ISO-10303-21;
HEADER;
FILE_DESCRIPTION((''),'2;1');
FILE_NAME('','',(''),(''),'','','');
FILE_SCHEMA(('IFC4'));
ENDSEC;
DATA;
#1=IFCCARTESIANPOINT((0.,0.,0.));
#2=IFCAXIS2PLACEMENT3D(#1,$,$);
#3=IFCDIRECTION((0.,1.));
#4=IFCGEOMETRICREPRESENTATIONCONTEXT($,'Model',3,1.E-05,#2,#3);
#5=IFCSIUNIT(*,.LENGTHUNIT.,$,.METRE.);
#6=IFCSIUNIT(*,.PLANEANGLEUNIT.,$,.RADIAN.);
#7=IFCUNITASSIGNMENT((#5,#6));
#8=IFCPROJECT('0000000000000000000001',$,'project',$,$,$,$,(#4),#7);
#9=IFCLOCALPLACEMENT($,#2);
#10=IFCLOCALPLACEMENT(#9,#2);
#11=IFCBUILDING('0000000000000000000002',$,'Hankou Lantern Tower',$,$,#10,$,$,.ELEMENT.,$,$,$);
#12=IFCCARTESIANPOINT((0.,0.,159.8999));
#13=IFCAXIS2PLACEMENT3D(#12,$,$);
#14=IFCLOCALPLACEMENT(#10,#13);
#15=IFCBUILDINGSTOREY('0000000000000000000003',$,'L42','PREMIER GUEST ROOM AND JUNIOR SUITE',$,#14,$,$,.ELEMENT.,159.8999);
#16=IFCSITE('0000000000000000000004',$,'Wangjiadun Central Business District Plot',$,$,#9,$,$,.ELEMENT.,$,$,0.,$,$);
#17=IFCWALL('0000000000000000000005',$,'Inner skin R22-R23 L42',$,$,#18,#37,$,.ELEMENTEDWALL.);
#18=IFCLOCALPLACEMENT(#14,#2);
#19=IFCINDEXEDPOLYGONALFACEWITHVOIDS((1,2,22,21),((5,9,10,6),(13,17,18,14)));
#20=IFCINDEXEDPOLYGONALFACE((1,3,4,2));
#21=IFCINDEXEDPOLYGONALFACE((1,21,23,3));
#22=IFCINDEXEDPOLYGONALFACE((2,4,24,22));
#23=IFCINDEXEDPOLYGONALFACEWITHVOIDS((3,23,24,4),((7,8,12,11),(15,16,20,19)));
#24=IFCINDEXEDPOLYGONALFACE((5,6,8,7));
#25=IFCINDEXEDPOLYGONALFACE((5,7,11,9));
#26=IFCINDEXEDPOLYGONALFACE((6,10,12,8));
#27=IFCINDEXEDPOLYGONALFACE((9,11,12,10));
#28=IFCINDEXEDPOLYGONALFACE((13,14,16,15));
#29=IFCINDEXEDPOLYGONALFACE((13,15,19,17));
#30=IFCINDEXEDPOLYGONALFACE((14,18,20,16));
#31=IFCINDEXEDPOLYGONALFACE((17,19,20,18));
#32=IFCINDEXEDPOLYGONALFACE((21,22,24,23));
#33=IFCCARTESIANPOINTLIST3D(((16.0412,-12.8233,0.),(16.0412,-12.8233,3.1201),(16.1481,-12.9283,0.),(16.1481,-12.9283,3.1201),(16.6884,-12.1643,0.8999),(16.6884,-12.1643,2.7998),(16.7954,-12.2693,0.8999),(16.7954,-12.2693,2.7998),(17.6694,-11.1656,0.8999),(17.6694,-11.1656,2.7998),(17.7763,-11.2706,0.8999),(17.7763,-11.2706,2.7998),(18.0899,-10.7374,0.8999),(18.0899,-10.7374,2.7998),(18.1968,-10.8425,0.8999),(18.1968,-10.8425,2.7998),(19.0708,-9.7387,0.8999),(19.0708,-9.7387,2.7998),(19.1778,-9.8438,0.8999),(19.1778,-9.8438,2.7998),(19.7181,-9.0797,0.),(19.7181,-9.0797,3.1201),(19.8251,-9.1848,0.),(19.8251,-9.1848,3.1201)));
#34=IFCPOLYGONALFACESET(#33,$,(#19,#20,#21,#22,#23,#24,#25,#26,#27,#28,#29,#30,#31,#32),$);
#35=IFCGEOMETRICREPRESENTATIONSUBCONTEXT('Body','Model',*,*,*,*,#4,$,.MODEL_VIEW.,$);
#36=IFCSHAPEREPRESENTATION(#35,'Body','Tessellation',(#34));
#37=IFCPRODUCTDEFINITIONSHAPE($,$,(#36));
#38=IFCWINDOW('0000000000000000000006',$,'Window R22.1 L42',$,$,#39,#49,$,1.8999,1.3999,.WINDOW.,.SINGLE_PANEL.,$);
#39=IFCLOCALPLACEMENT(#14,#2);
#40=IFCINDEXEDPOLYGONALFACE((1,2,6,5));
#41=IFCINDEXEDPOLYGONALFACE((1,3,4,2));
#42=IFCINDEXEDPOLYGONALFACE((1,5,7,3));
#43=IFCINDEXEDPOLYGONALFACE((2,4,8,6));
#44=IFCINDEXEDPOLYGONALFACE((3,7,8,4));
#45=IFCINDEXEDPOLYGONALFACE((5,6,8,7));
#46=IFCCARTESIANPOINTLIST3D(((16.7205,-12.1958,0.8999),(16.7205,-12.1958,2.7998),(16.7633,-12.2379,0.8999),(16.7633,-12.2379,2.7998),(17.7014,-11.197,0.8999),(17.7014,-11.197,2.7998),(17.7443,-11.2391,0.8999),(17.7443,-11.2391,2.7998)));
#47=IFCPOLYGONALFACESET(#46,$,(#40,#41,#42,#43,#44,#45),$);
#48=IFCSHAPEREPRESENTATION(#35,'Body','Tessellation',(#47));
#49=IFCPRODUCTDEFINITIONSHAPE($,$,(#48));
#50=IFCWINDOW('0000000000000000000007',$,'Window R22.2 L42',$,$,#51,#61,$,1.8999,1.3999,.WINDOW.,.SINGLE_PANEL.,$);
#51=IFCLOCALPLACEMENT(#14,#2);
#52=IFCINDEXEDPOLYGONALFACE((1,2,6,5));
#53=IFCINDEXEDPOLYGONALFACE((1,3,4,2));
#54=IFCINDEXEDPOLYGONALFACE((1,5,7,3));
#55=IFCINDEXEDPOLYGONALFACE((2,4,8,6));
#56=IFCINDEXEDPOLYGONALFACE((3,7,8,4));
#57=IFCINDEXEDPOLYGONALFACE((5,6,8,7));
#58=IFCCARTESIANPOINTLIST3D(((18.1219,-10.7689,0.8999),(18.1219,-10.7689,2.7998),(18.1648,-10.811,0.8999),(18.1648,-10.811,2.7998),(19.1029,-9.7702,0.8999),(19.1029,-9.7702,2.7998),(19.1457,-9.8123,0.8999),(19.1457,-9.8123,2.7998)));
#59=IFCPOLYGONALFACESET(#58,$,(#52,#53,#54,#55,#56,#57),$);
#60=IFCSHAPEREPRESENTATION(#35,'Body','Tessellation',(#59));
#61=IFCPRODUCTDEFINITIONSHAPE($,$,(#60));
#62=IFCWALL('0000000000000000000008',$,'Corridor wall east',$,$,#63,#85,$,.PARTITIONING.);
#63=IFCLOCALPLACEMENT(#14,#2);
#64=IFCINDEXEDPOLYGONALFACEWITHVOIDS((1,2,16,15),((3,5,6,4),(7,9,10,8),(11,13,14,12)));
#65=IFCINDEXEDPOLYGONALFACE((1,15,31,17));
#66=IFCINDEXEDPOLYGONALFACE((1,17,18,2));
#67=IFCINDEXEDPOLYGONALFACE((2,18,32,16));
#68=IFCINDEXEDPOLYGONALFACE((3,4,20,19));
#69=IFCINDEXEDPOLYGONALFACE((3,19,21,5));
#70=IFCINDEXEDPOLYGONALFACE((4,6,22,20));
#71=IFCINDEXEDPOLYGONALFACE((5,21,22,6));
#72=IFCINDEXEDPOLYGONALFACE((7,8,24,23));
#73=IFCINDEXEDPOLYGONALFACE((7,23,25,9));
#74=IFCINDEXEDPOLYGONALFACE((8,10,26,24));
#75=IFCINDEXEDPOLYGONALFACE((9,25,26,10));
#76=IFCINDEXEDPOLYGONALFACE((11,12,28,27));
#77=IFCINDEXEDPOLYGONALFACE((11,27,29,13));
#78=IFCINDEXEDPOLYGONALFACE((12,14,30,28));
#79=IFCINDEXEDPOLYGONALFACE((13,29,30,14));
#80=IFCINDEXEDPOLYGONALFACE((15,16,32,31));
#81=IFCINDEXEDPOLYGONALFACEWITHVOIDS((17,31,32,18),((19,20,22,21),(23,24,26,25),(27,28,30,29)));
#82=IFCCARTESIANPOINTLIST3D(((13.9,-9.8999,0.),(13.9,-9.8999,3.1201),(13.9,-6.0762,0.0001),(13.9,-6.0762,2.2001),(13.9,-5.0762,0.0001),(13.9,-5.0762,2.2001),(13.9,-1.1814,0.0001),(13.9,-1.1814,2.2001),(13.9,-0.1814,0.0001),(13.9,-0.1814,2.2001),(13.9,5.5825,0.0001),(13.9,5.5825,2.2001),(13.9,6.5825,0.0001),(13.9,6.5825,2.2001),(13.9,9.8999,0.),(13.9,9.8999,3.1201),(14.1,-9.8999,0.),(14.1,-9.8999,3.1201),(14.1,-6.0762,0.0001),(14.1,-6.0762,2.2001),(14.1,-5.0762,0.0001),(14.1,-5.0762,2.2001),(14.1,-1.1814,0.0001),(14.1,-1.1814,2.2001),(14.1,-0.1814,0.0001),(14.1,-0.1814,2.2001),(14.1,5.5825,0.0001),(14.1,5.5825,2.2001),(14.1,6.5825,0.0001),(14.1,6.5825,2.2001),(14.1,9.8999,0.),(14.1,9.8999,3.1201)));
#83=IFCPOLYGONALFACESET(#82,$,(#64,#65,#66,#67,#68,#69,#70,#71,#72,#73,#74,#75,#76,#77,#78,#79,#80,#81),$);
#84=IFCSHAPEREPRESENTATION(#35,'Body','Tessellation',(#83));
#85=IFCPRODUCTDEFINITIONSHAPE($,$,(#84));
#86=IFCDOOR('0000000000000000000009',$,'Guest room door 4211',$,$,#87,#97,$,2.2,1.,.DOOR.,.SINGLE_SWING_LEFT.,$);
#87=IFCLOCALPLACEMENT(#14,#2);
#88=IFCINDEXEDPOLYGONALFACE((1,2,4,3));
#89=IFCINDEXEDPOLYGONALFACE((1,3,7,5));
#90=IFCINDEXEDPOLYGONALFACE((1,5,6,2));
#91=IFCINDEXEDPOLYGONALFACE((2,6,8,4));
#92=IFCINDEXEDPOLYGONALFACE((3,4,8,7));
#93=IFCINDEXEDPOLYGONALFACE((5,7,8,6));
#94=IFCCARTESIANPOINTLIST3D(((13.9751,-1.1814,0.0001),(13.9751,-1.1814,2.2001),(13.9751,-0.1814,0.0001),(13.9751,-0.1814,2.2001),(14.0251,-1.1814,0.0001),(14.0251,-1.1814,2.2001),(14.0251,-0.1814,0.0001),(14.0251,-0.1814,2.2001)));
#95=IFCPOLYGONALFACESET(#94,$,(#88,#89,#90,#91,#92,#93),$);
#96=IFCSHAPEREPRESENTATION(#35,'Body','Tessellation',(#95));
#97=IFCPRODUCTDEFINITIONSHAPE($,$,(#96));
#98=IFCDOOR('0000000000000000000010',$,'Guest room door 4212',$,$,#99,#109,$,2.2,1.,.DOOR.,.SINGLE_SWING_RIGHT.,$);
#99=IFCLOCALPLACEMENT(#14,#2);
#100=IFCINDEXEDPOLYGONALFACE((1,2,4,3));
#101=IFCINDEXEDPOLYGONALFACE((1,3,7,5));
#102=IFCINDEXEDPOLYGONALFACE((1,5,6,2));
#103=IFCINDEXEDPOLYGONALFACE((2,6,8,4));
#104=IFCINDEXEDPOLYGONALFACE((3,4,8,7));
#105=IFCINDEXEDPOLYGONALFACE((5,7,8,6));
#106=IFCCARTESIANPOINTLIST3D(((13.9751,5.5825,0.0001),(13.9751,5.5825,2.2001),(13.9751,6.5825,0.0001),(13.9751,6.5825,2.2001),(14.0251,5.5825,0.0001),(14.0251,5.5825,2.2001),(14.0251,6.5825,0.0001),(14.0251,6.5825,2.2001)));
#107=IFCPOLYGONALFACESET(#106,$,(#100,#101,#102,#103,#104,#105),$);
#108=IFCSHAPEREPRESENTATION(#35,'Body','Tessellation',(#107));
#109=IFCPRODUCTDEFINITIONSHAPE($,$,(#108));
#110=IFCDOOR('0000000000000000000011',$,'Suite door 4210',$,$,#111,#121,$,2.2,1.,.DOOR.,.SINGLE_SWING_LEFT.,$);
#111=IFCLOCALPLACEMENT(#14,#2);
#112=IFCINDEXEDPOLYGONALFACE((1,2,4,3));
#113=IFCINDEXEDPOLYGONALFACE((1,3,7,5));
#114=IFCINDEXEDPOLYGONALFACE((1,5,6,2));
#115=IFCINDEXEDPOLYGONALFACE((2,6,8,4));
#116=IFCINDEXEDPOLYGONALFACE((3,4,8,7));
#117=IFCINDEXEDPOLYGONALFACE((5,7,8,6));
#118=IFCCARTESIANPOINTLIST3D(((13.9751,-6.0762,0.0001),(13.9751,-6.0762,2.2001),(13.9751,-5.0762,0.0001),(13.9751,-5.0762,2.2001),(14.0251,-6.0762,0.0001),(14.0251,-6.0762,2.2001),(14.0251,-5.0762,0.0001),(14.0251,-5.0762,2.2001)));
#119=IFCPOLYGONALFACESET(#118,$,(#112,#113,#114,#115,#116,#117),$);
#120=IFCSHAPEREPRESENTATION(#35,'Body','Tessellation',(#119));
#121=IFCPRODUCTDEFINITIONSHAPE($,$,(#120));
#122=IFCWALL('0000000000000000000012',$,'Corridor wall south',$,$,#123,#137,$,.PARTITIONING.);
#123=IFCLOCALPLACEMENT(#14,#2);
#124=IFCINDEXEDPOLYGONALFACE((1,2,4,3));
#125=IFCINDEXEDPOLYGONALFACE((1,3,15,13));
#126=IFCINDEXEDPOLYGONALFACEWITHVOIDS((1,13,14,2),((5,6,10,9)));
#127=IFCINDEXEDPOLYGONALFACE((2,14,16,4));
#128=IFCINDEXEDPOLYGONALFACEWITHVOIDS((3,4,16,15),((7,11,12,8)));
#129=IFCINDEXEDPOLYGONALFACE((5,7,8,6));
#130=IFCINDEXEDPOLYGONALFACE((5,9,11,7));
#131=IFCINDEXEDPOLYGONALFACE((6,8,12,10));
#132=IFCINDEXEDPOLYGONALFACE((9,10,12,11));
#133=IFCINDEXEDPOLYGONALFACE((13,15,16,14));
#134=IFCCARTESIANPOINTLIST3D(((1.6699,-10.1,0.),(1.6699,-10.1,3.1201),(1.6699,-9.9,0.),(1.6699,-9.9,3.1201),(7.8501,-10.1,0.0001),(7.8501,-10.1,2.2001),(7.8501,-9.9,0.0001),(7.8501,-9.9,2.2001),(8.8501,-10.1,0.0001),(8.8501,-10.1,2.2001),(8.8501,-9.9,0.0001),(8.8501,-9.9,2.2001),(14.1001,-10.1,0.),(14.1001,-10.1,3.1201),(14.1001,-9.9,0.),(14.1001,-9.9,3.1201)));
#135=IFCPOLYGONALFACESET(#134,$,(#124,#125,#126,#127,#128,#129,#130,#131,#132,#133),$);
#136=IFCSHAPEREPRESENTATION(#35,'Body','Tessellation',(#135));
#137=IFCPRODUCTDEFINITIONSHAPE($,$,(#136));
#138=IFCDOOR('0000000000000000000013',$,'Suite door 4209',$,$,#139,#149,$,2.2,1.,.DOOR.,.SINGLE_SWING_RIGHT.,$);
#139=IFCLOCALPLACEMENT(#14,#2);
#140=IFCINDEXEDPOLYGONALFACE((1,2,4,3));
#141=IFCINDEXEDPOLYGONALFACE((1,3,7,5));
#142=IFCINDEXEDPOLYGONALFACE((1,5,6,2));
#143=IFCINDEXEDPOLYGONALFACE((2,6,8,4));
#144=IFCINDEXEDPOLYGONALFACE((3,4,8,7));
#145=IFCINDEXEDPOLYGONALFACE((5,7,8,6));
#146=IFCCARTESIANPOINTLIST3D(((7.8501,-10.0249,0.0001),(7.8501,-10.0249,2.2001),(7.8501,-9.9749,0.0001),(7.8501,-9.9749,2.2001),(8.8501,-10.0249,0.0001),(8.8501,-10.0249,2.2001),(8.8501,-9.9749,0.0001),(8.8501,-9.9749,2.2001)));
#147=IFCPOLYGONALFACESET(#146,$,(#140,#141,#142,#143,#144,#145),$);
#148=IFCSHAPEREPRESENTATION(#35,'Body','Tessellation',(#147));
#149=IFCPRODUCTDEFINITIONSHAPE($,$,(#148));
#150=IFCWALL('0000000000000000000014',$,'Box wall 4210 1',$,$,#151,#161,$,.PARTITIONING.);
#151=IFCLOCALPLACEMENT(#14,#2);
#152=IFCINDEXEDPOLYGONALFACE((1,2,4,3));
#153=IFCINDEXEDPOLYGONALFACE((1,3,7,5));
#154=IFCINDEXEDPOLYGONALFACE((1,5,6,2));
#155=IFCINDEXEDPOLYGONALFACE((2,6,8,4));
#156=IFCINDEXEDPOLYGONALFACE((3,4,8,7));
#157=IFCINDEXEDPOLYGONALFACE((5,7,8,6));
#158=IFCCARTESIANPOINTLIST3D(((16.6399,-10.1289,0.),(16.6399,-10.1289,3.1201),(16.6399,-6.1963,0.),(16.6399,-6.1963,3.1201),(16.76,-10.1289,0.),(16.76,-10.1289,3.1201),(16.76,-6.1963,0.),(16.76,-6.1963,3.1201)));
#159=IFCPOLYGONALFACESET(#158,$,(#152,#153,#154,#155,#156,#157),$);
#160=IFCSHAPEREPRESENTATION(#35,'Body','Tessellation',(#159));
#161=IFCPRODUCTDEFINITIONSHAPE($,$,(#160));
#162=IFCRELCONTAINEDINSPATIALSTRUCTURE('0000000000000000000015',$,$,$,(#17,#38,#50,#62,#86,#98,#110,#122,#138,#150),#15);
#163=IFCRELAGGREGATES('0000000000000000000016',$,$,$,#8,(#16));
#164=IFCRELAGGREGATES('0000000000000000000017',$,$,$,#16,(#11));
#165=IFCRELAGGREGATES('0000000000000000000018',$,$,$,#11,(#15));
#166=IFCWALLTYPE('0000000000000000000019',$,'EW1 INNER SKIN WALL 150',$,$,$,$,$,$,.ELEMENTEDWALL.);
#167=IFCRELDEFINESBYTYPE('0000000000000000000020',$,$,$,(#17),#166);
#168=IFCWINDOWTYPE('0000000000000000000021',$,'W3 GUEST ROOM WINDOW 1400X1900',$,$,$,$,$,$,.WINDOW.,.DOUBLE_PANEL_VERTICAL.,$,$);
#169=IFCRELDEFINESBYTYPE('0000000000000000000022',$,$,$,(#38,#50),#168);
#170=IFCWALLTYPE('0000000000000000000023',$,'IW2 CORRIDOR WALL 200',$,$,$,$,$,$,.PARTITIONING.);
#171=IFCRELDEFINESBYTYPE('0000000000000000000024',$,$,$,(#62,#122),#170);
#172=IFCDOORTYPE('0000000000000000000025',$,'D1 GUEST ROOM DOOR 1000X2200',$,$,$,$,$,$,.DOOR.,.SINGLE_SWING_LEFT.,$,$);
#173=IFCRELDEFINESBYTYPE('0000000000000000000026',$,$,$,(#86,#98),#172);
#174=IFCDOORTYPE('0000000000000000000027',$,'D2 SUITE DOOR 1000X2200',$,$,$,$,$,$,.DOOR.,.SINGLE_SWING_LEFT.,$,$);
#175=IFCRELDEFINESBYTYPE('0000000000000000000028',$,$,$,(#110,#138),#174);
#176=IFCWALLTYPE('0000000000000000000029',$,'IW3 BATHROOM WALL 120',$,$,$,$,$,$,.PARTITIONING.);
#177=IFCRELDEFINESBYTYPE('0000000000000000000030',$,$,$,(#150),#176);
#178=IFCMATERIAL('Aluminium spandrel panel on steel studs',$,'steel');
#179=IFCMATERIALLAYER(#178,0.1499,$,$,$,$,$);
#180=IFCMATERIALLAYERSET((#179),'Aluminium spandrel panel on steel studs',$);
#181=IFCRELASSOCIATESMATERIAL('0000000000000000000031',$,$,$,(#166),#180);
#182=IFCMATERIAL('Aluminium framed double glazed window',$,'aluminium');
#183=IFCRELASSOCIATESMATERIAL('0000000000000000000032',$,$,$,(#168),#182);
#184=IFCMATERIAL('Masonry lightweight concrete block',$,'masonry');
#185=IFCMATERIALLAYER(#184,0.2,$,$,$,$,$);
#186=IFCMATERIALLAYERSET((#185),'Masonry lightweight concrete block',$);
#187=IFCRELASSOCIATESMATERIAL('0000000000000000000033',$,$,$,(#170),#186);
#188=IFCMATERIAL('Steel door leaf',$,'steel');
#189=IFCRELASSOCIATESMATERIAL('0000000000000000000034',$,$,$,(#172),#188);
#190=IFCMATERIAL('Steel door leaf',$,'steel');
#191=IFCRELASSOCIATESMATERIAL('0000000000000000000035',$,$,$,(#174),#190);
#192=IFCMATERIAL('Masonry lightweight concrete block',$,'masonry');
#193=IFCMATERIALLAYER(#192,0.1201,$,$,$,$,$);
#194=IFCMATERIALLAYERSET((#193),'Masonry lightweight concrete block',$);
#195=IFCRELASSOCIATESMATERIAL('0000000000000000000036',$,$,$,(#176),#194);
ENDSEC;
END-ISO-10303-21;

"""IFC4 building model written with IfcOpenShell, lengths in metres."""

from ifc_helpers import new_model, si_unit, direction, frame, frame_2d, origin, place, context, subcontext, project, spatial, rectangle, extrude, material, layer, layer_set, type_object, element, fill, save


model = new_model("IFC4")

# Units and contexts
model_context = context("Model", 3, precision=1e-05, world=origin(), true_north=direction((0.0, 1.0)))
body_context = subcontext(model_context, "Body", "Model", "MODEL_VIEW")
ifc_project = project(units=[si_unit("LENGTHUNIT", "METRE"), si_unit("PLANEANGLEUNIT", "RADIAN")], contexts=[model_context])

# Site, building, storey
site_placement = place(None, origin())
site = spatial("IfcSite", under=ifc_project, at=site_placement, Name="Wangjiadun Central Business District Plot", CompositionType="ELEMENT", RefElevation=0.0)
building_placement = place(site_placement, origin())
building = spatial("IfcBuilding", under=site, at=building_placement, Name="Hankou Lantern Tower", CompositionType="ELEMENT")
storey_placement = place(building_placement, frame((0.0, 0.0, 159.8999)))
storey = spatial("IfcBuildingStorey", under=building, at=storey_placement, Name="L42", Description="PREMIER GUEST ROOM AND JUNIOR SUITE", CompositionType="ELEMENT", Elevation=159.8999)

# Wall, openings, windows
ifc_material_1 = material(Name="Aluminium spandrel panel on steel studs", Category="steel")
ifc_layer_1 = layer(ifc_material_1, 0.1499)
ifc_layer_set_1 = layer_set([ifc_layer_1], Name="Aluminium spandrel panel on steel studs")
wall_type_1 = type_object("IfcWallType", Name="EW1 INNER SKIN WALL 150", PredefinedType="ELEMENTEDWALL", material=ifc_layer_set_1)
wall_1_placement = place(storey_placement, frame((16.0947, -12.8757, 0.0), z_axis=(0.0, 0.0, 1.0), x_axis=(0.700727, 0.713429, 0.0)))
wall_1 = element("IfcWall", 1, at=wall_1_placement, inside=storey, type_object=wall_type_1, Name="Inner skin R22-R23 L42", PredefinedType="ELEMENTEDWALL", context=body_context, shape_type="SweptSolid", body=[
    extrude(rectangle(XDim=5.2473, YDim=0.1499, at=frame_2d((2.6235, 0.0))), origin(), (0.0, 0.0, 1.0), 3.1201),
])
opening_1_placement = place(wall_1_placement, frame((0.9236, 0.0, 0.8999)))
opening_1 = element("IfcOpeningElement", 2, at=opening_1_placement, cuts=wall_1, PredefinedType="OPENING", context=body_context, shape_type="SweptSolid", body=[
    extrude(rectangle(XDim=1.3999, YDim=1.8999, at=frame_2d((0.7, 0.95))), frame((0.0, 0.085, 0.0), z_axis=(0.0, -1.0, 0.0), x_axis=(1.0, 0.0, 0.0)), (0.0, 0.0, 1.0), 0.1699),
])
opening_2_placement = place(wall_1_placement, frame((2.9236, 0.0, 0.8999)))
opening_2 = element("IfcOpeningElement", 3, at=opening_2_placement, cuts=wall_1, PredefinedType="OPENING", context=body_context, shape_type="SweptSolid", body=[
    extrude(rectangle(XDim=1.3999, YDim=1.8999, at=frame_2d((0.7, 0.95))), frame((0.0, 0.085, 0.0), z_axis=(0.0, -1.0, 0.0), x_axis=(1.0, 0.0, 0.0)), (0.0, 0.0, 1.0), 0.1699),
])
ifc_material_2 = material(Name="Aluminium framed double glazed window", Category="aluminium")
window_type = type_object("IfcWindowType", Name="W3 GUEST ROOM WINDOW 1400X1900", PartitioningType="DOUBLE_PANEL_VERTICAL", PredefinedType="WINDOW", material=ifc_material_2)
window_1_placement = place(opening_1_placement, origin())
window_1 = element("IfcWindow", 4, at=window_1_placement, inside=storey, type_object=window_type, Name="Window R22.1 L42", OverallHeight=1.8999, OverallWidth=1.3999, PartitioningType="SINGLE_PANEL", PredefinedType="WINDOW", context=body_context, shape_type="SweptSolid", body=[
    extrude(rectangle(XDim=1.3999, YDim=1.8999, at=frame_2d((0.7, 0.95))), frame((0.0, 0.03, 0.0), z_axis=(0.0, -1.0, 0.0), x_axis=(1.0, 0.0, 0.0)), (0.0, 0.0, 1.0), 0.0601),
])
fill(opening_1, window_1)
window_2_placement = place(opening_2_placement, origin())
window_2 = element("IfcWindow", 5, at=window_2_placement, inside=storey, type_object=window_type, Name="Window R22.2 L42", OverallHeight=1.8999, OverallWidth=1.3999, PartitioningType="SINGLE_PANEL", PredefinedType="WINDOW", context=body_context, shape_type="SweptSolid", body=[
    extrude(rectangle(XDim=1.3999, YDim=1.8999, at=frame_2d((0.7, 0.95))), frame((0.0, 0.03, 0.0), z_axis=(0.0, -1.0, 0.0), x_axis=(1.0, 0.0, 0.0)), (0.0, 0.0, 1.0), 0.0601),
])
fill(opening_2, window_2)

# Wall, openings, doors
ifc_material_3 = material(Name="Masonry lightweight concrete block", Category="masonry")
ifc_layer_2 = layer(ifc_material_3, 0.2)
ifc_layer_set_2 = layer_set([ifc_layer_2], Name="Masonry lightweight concrete block")
wall_type_2 = type_object("IfcWallType", Name="IW2 CORRIDOR WALL 200", PredefinedType="PARTITIONING", material=ifc_layer_set_2)
wall_2_placement = place(storey_placement, frame((14.0, -9.8999, 0.0), z_axis=(0.0, 0.0, 1.0), x_axis=(0.0, 1.0, 0.0)))
wall_2 = element("IfcWall", 6, at=wall_2_placement, inside=storey, type_object=wall_type_2, Name="Corridor wall east", PredefinedType="PARTITIONING", context=body_context, shape_type="SweptSolid", body=[
    extrude(rectangle(XDim=19.7998, YDim=0.2, at=frame_2d((9.8999, 0.0))), origin(), (0.0, 0.0, 1.0), 3.1201),
])
opening_3_placement = place(wall_2_placement, frame((3.8237, 0.0, 0.0)))
opening_3 = element("IfcOpeningElement", 7, at=opening_3_placement, cuts=wall_2, PredefinedType="OPENING", context=body_context, shape_type="SweptSolid", body=[
    extrude(rectangle(XDim=1.0, YDim=2.2, at=frame_2d((0.5, 1.1001))), frame((0.0, 0.1099, 0.0), z_axis=(0.0, -1.0, 0.0), x_axis=(1.0, 0.0, 0.0)), (0.0, 0.0, 1.0), 0.22),
])
opening_4_placement = place(wall_2_placement, frame((8.7185, 0.0, 0.0)))
opening_4 = element("IfcOpeningElement", 8, at=opening_4_placement, cuts=wall_2, PredefinedType="OPENING", context=body_context, shape_type="SweptSolid", body=[
    extrude(rectangle(XDim=1.0, YDim=2.2, at=frame_2d((0.5, 1.1001))), frame((0.0, 0.1099, 0.0), z_axis=(0.0, -1.0, 0.0), x_axis=(1.0, 0.0, 0.0)), (0.0, 0.0, 1.0), 0.22),
])
opening_5_placement = place(wall_2_placement, frame((15.4824, 0.0, 0.0)))
opening_5 = element("IfcOpeningElement", 9, at=opening_5_placement, cuts=wall_2, PredefinedType="OPENING", context=body_context, shape_type="SweptSolid", body=[
    extrude(rectangle(XDim=1.0, YDim=2.2, at=frame_2d((0.5, 1.1001))), frame((0.0, 0.1099, 0.0), z_axis=(0.0, -1.0, 0.0), x_axis=(1.0, 0.0, 0.0)), (0.0, 0.0, 1.0), 0.22),
])
ifc_material_4 = material(Name="Steel door leaf", Category="steel")
door_type_1 = type_object("IfcDoorType", Name="D1 GUEST ROOM DOOR 1000X2200", OperationType="SINGLE_SWING_LEFT", PredefinedType="DOOR", material=ifc_material_4)
door_1_placement = place(opening_4_placement, origin())
door_1 = element("IfcDoor", 10, at=door_1_placement, inside=storey, type_object=door_type_1, Name="Guest room door 4211", OperationType="SINGLE_SWING_LEFT", OverallHeight=2.2, OverallWidth=1.0, PredefinedType="DOOR", context=body_context, shape_type="SweptSolid", body=[
    extrude(rectangle(XDim=1.0, YDim=2.2, at=frame_2d((0.5, 1.1001))), frame((0.0, 0.0249, 0.0), z_axis=(0.0, -1.0, 0.0), x_axis=(1.0, 0.0, 0.0)), (0.0, 0.0, 1.0), 0.05),
])
fill(opening_4, door_1)
door_2_placement = place(opening_5_placement, origin())
door_2 = element("IfcDoor", 11, at=door_2_placement, inside=storey, type_object=door_type_1, Name="Guest room door 4212", OperationType="SINGLE_SWING_RIGHT", OverallHeight=2.2, OverallWidth=1.0, PredefinedType="DOOR", context=body_context, shape_type="SweptSolid", body=[
    extrude(rectangle(XDim=1.0, YDim=2.2, at=frame_2d((0.5, 1.1001))), frame((0.0, 0.0249, 0.0), z_axis=(0.0, -1.0, 0.0), x_axis=(1.0, 0.0, 0.0)), (0.0, 0.0, 1.0), 0.05),
])
fill(opening_5, door_2)
ifc_material_5 = material(Name="Steel door leaf", Category="steel")
door_type_2 = type_object("IfcDoorType", Name="D2 SUITE DOOR 1000X2200", OperationType="SINGLE_SWING_LEFT", PredefinedType="DOOR", material=ifc_material_5)
door_3_placement = place(opening_3_placement, origin())
door_3 = element("IfcDoor", 12, at=door_3_placement, inside=storey, type_object=door_type_2, Name="Suite door 4210", OperationType="SINGLE_SWING_LEFT", OverallHeight=2.2, OverallWidth=1.0, PredefinedType="DOOR", context=body_context, shape_type="SweptSolid", body=[
    extrude(rectangle(XDim=1.0, YDim=2.2, at=frame_2d((0.5, 1.1001))), frame((0.0, 0.0249, 0.0), z_axis=(0.0, -1.0, 0.0), x_axis=(1.0, 0.0, 0.0)), (0.0, 0.0, 1.0), 0.05),
])
fill(opening_3, door_3)

# Wall, opening, door
wall_3_placement = place(storey_placement, frame((14.1001, -10.0, 0.0), z_axis=(0.0, 0.0, 1.0), x_axis=(-1.0, 0.0, 0.0)))
wall_3 = element("IfcWall", 13, at=wall_3_placement, inside=storey, type_object=wall_type_2, Name="Corridor wall south", PredefinedType="PARTITIONING", context=body_context, shape_type="SweptSolid", body=[
    extrude(rectangle(XDim=12.4302, YDim=0.2, at=frame_2d((6.2151, 0.0))), origin(), (0.0, 0.0, 1.0), 3.1201),
])
opening_6_placement = place(wall_3_placement, frame((5.25, 0.0, 0.0)))
opening_6 = element("IfcOpeningElement", 14, at=opening_6_placement, cuts=wall_3, PredefinedType="OPENING", context=body_context, shape_type="SweptSolid", body=[
    extrude(rectangle(XDim=1.0, YDim=2.2, at=frame_2d((0.5, 1.1001))), frame((0.0, 0.1099, 0.0), z_axis=(0.0, -1.0, 0.0), x_axis=(1.0, 0.0, 0.0)), (0.0, 0.0, 1.0), 0.22),
])
door_4_placement = place(opening_6_placement, origin())
door_4 = element("IfcDoor", 15, at=door_4_placement, inside=storey, type_object=door_type_2, Name="Suite door 4209", OperationType="SINGLE_SWING_RIGHT", OverallHeight=2.2, OverallWidth=1.0, PredefinedType="DOOR", context=body_context, shape_type="SweptSolid", body=[
    extrude(rectangle(XDim=1.0, YDim=2.2, at=frame_2d((0.5, 1.1001))), frame((0.0, 0.0249, 0.0), z_axis=(0.0, -1.0, 0.0), x_axis=(1.0, 0.0, 0.0)), (0.0, 0.0, 1.0), 0.05),
])
fill(opening_6, door_4)

# Wall
ifc_material_6 = material(Name="Masonry lightweight concrete block", Category="masonry")
ifc_layer_3 = layer(ifc_material_6, 0.1201)
ifc_layer_set_3 = layer_set([ifc_layer_3], Name="Masonry lightweight concrete block")
wall_type_3 = type_object("IfcWallType", Name="IW3 BATHROOM WALL 120", PredefinedType="PARTITIONING", material=ifc_layer_set_3)
wall_4_placement = place(storey_placement, frame((16.7, -10.1289, 0.0), z_axis=(0.0, 0.0, 1.0), x_axis=(0.0, 1.0, 0.0)))
element("IfcWall", 16, at=wall_4_placement, inside=storey, type_object=wall_type_3, Name="Box wall 4210 1", PredefinedType="PARTITIONING", context=body_context, shape_type="SweptSolid", body=[
    extrude(rectangle(XDim=3.9326, YDim=0.1201, at=frame_2d((1.9663, 0.0))), origin(), (0.0, 0.0, 1.0), 3.1201),
])

save(model, "model.ifc")
